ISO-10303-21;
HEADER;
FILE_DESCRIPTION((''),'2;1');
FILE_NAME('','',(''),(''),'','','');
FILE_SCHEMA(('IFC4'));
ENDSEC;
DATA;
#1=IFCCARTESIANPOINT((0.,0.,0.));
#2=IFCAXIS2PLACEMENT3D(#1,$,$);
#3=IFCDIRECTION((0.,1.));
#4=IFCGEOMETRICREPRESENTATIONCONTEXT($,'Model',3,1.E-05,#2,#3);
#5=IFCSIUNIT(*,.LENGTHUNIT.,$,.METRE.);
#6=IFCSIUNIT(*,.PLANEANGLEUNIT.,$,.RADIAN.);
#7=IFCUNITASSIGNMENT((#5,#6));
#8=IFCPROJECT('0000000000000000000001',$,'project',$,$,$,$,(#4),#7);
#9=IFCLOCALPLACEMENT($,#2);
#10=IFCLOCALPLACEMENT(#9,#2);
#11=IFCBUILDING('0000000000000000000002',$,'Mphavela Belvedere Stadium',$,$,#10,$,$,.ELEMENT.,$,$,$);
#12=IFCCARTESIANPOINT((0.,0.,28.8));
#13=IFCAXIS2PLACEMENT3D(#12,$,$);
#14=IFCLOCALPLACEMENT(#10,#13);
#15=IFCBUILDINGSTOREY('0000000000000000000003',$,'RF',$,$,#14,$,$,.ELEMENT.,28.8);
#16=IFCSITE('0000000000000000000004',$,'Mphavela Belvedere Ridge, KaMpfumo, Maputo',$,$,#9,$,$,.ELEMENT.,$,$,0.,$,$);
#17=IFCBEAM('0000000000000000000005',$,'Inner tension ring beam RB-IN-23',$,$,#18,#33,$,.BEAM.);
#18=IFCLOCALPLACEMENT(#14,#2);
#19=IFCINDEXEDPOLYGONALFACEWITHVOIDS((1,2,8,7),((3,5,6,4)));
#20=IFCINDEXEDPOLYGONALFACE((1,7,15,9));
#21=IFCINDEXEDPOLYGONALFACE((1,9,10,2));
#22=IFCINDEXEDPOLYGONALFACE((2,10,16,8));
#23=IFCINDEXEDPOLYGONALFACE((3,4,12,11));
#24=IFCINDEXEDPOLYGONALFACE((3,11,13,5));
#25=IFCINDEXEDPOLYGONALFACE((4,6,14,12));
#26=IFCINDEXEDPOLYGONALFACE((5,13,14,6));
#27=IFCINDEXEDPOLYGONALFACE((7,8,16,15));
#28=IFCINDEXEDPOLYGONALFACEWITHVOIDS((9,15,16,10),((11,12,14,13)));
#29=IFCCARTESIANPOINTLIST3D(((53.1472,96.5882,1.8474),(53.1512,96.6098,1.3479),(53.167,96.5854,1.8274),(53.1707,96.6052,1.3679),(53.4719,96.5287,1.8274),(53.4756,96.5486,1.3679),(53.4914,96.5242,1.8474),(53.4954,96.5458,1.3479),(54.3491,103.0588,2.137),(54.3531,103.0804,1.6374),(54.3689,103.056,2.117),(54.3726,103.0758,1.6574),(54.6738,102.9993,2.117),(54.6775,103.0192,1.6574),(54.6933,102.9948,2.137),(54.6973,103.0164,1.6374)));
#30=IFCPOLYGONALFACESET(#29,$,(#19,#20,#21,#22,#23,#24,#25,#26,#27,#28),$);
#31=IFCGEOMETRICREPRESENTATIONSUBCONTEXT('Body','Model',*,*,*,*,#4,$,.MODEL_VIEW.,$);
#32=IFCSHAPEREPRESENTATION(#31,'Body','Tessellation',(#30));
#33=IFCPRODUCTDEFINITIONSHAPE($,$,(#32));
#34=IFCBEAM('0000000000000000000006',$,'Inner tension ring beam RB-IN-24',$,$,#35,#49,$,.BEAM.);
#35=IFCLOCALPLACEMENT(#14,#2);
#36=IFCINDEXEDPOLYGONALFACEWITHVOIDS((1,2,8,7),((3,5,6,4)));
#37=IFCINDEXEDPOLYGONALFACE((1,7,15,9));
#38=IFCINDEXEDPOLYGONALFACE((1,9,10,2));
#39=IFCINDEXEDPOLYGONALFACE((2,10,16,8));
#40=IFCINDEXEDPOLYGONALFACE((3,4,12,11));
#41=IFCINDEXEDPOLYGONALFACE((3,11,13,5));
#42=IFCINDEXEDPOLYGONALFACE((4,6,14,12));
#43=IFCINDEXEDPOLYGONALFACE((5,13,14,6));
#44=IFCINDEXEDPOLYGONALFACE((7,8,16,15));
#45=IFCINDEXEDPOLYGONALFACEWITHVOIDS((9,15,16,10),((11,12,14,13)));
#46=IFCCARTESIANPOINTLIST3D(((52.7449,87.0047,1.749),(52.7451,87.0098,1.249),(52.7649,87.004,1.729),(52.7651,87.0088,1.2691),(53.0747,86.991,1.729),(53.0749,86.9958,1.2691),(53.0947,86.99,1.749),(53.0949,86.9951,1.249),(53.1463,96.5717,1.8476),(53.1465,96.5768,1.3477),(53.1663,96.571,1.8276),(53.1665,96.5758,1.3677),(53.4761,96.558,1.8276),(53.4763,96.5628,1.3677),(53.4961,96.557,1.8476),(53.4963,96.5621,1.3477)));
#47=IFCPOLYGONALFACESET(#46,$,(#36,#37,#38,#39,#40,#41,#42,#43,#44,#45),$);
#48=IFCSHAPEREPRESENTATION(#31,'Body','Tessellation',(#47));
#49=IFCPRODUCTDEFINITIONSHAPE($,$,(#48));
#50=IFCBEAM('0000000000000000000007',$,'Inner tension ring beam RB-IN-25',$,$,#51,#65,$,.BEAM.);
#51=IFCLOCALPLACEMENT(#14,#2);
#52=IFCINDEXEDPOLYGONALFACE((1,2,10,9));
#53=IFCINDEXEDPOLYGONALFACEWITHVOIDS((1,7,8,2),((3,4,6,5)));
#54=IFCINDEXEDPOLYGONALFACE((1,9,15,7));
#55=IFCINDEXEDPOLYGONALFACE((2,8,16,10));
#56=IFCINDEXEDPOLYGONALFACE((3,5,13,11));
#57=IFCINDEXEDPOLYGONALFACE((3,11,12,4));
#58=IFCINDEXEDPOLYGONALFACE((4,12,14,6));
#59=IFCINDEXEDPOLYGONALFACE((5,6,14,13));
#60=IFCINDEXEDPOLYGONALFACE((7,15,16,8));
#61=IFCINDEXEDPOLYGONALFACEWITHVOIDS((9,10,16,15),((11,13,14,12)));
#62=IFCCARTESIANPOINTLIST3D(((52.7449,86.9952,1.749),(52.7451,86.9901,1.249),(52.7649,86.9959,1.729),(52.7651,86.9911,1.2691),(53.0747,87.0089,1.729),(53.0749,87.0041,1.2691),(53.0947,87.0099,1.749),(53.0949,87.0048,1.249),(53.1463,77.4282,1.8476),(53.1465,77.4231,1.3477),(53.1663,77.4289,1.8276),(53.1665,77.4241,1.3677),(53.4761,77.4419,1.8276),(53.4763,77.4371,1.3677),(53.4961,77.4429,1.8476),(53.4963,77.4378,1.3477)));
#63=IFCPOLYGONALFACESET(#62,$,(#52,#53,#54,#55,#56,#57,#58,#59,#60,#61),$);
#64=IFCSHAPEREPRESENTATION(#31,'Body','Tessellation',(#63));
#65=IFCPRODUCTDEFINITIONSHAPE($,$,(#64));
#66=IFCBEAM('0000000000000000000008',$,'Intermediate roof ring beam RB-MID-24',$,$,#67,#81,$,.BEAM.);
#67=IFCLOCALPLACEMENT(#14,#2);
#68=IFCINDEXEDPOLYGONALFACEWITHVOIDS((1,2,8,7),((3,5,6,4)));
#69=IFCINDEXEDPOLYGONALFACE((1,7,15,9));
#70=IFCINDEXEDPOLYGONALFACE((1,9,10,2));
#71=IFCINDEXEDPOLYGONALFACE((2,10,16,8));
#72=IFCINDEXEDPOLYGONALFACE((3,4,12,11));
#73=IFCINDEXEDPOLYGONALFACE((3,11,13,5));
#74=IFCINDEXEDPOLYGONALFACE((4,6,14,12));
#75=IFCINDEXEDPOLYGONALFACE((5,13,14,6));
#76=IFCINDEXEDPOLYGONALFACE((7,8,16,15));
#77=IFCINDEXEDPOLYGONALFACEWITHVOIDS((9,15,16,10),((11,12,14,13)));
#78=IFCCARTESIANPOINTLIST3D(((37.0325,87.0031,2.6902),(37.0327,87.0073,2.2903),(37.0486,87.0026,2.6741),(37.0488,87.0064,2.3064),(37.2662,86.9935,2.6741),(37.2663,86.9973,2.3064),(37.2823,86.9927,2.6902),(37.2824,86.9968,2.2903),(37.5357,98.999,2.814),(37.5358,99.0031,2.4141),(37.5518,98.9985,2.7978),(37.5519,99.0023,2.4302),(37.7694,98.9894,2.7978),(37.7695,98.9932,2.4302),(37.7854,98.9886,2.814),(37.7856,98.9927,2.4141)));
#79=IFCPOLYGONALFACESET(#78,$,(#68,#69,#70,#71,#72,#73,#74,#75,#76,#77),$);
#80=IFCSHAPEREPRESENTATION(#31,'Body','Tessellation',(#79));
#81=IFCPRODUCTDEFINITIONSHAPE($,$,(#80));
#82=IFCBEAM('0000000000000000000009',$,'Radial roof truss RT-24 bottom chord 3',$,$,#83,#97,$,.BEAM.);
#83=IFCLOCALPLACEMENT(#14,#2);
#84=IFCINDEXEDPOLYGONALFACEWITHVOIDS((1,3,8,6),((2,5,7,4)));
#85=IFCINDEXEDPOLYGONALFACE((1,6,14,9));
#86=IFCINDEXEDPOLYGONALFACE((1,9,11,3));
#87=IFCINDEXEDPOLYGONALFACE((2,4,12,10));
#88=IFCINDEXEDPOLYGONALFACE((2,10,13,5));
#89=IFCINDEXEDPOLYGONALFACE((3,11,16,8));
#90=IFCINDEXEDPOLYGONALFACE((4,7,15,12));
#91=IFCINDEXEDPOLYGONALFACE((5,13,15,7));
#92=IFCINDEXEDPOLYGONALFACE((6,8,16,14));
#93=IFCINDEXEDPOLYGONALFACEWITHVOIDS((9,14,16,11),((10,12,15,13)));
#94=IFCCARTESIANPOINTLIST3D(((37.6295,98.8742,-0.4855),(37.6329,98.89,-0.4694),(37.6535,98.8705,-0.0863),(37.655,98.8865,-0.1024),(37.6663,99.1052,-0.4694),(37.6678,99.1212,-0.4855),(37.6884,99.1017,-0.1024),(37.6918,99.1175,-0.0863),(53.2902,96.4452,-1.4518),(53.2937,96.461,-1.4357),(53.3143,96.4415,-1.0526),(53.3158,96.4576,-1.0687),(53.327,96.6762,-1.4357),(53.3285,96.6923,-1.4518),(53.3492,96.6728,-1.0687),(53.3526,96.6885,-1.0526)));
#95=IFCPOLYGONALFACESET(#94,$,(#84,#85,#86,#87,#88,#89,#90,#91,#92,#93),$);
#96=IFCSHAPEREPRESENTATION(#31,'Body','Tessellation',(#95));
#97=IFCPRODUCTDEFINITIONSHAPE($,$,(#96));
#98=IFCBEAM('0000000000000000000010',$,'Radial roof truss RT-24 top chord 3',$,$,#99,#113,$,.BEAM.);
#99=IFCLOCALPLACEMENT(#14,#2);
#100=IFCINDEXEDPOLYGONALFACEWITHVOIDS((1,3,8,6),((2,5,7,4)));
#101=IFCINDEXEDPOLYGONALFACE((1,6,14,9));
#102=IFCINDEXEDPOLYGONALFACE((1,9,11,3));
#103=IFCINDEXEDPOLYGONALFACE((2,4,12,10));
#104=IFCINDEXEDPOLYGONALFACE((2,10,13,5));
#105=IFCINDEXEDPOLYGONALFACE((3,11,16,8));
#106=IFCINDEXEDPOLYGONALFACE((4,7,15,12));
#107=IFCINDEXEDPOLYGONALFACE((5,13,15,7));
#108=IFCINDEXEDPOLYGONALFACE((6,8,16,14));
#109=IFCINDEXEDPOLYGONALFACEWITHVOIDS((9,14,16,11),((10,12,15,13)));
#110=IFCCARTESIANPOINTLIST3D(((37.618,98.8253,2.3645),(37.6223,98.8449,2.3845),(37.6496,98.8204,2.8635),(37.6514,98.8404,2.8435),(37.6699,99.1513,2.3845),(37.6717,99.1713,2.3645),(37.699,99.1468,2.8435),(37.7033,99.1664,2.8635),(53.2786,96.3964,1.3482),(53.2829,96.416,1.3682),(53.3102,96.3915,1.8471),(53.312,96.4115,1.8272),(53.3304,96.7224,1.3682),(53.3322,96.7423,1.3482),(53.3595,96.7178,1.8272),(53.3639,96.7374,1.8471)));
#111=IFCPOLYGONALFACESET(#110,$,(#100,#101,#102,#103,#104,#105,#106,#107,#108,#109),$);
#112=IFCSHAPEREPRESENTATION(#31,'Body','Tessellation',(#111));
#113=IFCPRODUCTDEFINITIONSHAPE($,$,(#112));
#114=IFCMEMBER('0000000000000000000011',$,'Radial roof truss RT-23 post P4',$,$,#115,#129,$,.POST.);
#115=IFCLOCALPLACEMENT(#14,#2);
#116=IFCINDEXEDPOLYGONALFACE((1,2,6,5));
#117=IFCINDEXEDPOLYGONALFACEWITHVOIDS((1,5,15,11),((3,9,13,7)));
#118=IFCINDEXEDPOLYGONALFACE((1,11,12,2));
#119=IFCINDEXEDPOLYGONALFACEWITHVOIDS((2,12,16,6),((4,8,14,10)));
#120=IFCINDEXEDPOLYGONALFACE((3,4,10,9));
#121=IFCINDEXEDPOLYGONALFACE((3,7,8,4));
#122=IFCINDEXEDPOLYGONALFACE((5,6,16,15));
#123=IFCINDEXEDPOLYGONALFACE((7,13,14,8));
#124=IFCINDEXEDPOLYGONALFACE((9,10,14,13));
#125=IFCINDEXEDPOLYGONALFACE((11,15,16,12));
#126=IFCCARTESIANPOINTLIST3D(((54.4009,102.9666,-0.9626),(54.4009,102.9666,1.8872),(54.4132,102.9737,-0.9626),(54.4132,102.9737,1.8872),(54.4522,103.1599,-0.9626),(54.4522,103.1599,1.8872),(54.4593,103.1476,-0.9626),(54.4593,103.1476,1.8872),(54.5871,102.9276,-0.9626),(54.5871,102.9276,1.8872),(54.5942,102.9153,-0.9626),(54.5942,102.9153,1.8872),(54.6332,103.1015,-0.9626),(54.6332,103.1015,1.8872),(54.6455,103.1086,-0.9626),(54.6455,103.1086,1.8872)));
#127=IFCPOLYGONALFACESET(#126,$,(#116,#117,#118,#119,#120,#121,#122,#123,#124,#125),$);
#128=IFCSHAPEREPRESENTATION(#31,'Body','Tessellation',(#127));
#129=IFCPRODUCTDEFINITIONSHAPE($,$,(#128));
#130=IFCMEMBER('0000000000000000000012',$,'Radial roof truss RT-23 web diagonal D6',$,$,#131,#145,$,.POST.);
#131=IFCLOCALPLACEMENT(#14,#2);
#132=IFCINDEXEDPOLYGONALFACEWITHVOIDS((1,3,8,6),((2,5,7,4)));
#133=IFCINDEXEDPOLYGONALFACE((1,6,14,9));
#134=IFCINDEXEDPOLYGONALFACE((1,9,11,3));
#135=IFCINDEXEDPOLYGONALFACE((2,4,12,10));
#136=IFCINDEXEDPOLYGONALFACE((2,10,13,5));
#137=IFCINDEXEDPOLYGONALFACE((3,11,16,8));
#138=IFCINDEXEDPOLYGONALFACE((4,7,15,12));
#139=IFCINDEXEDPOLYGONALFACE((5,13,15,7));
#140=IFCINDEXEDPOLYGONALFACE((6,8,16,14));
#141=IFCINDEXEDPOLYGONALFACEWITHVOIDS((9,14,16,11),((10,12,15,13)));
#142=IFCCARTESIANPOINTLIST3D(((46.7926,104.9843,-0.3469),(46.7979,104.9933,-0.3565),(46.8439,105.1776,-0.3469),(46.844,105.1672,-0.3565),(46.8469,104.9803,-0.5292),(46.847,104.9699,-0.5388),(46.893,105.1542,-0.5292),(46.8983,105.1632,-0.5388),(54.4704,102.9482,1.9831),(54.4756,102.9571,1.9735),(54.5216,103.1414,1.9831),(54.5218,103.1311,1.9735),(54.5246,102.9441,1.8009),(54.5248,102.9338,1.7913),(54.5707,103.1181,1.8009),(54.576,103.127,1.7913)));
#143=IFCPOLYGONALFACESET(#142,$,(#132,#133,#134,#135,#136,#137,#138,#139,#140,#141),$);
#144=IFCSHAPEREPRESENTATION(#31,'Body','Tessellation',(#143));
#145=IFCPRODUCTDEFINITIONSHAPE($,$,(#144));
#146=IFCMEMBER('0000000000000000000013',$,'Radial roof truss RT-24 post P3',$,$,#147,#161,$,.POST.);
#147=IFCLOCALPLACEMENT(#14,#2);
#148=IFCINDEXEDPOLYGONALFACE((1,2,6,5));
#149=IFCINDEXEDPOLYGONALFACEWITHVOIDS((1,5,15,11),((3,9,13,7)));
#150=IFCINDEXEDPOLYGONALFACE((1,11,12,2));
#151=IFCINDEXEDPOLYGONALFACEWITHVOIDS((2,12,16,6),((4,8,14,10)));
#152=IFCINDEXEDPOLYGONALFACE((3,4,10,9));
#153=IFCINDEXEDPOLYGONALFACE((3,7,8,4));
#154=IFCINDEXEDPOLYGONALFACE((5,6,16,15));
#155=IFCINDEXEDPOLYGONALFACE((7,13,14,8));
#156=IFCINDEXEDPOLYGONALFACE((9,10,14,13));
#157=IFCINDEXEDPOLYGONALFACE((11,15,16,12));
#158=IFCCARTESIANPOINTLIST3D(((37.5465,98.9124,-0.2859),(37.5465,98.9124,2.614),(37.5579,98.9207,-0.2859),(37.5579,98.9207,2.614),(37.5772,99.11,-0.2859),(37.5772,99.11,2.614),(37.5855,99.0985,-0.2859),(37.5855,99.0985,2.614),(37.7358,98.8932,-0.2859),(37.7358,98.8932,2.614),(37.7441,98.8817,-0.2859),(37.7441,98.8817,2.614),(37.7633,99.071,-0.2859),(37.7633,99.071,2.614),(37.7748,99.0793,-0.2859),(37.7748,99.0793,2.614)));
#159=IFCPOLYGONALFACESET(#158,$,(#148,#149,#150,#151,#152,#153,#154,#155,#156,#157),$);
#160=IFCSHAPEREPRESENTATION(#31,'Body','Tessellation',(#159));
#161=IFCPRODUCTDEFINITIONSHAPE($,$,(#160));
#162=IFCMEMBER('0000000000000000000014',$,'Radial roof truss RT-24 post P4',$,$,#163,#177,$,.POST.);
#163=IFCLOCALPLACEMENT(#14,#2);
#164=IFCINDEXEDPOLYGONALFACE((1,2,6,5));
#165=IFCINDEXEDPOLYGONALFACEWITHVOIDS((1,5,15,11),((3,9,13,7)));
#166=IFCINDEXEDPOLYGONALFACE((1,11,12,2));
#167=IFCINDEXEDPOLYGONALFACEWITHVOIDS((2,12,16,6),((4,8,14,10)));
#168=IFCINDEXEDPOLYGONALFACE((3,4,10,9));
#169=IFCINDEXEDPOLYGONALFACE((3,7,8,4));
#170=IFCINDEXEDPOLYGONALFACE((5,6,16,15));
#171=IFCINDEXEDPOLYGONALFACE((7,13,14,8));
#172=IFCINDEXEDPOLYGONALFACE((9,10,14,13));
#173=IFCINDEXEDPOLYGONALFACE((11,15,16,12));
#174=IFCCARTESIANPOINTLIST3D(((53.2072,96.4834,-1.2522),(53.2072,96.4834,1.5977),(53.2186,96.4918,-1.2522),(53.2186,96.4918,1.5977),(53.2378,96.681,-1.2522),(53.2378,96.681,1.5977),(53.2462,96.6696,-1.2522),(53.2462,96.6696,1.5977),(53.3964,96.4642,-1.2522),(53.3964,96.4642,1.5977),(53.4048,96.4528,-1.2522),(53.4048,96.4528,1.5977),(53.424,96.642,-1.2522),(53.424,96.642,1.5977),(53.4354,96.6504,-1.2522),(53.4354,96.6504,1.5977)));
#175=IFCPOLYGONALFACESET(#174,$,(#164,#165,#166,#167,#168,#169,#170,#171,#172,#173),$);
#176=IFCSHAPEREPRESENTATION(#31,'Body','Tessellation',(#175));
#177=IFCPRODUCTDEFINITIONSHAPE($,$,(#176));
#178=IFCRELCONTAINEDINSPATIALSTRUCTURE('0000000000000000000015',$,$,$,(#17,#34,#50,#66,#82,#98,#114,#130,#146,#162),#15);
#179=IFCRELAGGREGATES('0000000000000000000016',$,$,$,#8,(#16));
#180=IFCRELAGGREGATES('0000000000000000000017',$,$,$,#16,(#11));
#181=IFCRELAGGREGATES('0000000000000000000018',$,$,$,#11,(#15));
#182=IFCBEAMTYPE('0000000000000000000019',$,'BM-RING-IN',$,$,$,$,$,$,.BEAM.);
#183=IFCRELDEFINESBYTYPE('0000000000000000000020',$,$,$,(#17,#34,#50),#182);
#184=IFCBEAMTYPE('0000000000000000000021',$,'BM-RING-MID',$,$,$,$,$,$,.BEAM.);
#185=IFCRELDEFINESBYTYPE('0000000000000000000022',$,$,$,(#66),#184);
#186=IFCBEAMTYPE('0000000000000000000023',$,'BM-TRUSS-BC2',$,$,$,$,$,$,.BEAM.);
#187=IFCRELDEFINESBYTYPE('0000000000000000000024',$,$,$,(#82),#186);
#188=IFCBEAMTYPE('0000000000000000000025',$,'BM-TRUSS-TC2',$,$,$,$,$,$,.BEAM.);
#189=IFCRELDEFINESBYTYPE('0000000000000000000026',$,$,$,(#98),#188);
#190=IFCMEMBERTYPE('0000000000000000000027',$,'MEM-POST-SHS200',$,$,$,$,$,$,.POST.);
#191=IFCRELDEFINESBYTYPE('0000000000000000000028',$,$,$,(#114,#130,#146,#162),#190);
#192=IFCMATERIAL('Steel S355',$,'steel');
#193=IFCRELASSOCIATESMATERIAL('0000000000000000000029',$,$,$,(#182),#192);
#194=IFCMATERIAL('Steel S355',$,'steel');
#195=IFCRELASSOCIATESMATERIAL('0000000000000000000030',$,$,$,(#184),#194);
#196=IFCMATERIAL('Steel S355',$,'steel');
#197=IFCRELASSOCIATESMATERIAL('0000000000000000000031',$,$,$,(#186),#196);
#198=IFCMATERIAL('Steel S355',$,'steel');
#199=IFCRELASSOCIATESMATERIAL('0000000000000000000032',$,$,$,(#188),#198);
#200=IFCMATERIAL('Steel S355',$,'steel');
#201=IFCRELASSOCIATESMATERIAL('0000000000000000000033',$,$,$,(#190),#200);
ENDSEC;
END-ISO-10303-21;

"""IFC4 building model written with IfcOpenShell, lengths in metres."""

from ifc_helpers import new_model, si_unit, direction, frame, origin, origin_2d, place, context, subcontext, project, spatial, hollow_rectangle, extrude, material, material_profile, profile_set, type_object, element, save


model = new_model("IFC4")

# Units and contexts
model_context = context("Model", 3, precision=1e-05, world=origin(), true_north=direction((0.0, 1.0)))
body_context = subcontext(model_context, "Body", "Model", "MODEL_VIEW")
ifc_project = project(units=[si_unit("LENGTHUNIT", "METRE"), si_unit("PLANEANGLEUNIT", "RADIAN")], contexts=[model_context])

# Site, building, storey
site_placement = place(None, origin())
site = spatial("IfcSite", under=ifc_project, at=site_placement, Name="Mphavela Belvedere Ridge, KaMpfumo, Maputo", CompositionType="ELEMENT", RefElevation=0.0)
building_placement = place(site_placement, origin())
building = spatial("IfcBuilding", under=site, at=building_placement, Name="Mphavela Belvedere Stadium", CompositionType="ELEMENT")
storey_placement = place(building_placement, frame((0.0, 0.0, 28.8)))
storey = spatial("IfcBuildingStorey", under=building, at=storey_placement, Name="RF", CompositionType="ELEMENT", Elevation=28.8)

# Beams
ifc_material_1 = material(Name="Steel S355", Category="steel")
ifc_material_profile_1 = material_profile(ifc_material_1, hollow_rectangle(XDim=0.3501, YDim=0.5, WallThickness=0.02, at=origin_2d()), Name="RHS 500x350x20")
ifc_profile_set_1 = profile_set([ifc_material_profile_1], Name="Steel S355")
beam_type_1 = type_object("IfcBeamType", Name="BM-RING-IN", PredefinedType="BEAM", material=ifc_profile_set_1)
beam_1_placement = place(storey_placement, frame((54.5232, 103.0376, 1.8872), z_axis=(-0.182445, -0.982233, -0.043953), x_axis=(0.983183, -0.182622, 0.0)))
element("IfcBeam", 1, at=beam_1_placement, inside=storey, type_object=beam_type_1, Name="Inner tension ring beam RB-IN-23", PredefinedType="BEAM", context=body_context, shape_type="SweptSolid", body=[
    extrude(hollow_rectangle(XDim=0.3501, YDim=0.5, WallThickness=0.02, at=origin_2d()), origin(), (0.0, 0.0, 1.0), 6.5876),
])
for number, where, z_axis, x_axis, name in (
    (2, (53.3213, 96.5669, 1.5977), (-0.041915, -0.999068, -0.0103), (0.999121, -0.041917, 0.0), "Inner tension ring beam RB-IN-24"),
    (3, (52.9199, 87.0, 1.499), (0.041915, -0.999068, 0.0103), (0.999121, 0.041917, 0.0), "Inner tension ring beam RB-IN-25"),
):
    element("IfcBeam", number, at=place(storey_placement, frame(where, z_axis=z_axis, x_axis=x_axis)), inside=storey, type_object=beam_type_1, Name=name, PredefinedType="BEAM", context=body_context, shape_type="SweptSolid", body=[
        extrude(hollow_rectangle(XDim=0.3501, YDim=0.5, WallThickness=0.02, at=origin_2d()), origin(), (0.0, 0.0, 1.0), 9.5759),
    ])
ifc_material_2 = material(Name="Steel S355", Category="steel")
ifc_material_profile_2 = material_profile(ifc_material_2, hollow_rectangle(XDim=0.25, YDim=0.3999, WallThickness=0.0161, at=origin_2d()), Name="RHS 400x250x16")
ifc_profile_set_2 = profile_set([ifc_material_profile_2], Name="Steel S355")
beam_type_2 = type_object("IfcBeamType", Name="BM-RING-MID", PredefinedType="BEAM", material=ifc_profile_set_2)
beam_2_placement = place(storey_placement, frame((37.6606, 98.9958, 2.614), z_axis=(-0.041907, -0.999068, -0.010309), x_axis=(0.999121, -0.041909, 0.0)))
element("IfcBeam", 4, at=beam_2_placement, inside=storey, type_object=beam_type_2, Name="Intermediate roof ring beam RB-MID-24", PredefinedType="BEAM", context=body_context, shape_type="SweptSolid", body=[
    extrude(hollow_rectangle(XDim=0.25, YDim=0.3999, WallThickness=0.0161, at=origin_2d()), origin(), (0.0, 0.0, 1.0), 12.0071),
])
ifc_material_3 = material(Name="Steel S355", Category="steel")
ifc_material_profile_3 = material_profile(ifc_material_3, hollow_rectangle(XDim=0.25, YDim=0.3999, WallThickness=0.0161, at=origin_2d()), Name="RHS 400x250x16")
ifc_profile_set_3 = profile_set([ifc_material_profile_3], Name="Steel S355")
beam_type_3 = type_object("IfcBeamType", Name="BM-TRUSS-BC2", PredefinedType="BEAM", material=ifc_profile_set_3)
beam_3_placement = place(storey_placement, frame((37.6606, 98.9958, -0.2859), z_axis=(0.986353, -0.152983, -0.060861), x_axis=(0.153267, 0.988185, 0.0)))
element("IfcBeam", 5, at=beam_3_placement, inside=storey, type_object=beam_type_3, Name="Radial roof truss RT-24 bottom chord 3", PredefinedType="BEAM", context=body_context, shape_type="SweptSolid", body=[
    extrude(hollow_rectangle(XDim=0.25, YDim=0.3999, WallThickness=0.0161, at=origin_2d()), origin(), (0.0, 0.0, 1.0), 15.8774),
])
ifc_material_4 = material(Name="Steel S355", Category="steel")
ifc_material_profile_4 = material_profile(ifc_material_4, hollow_rectangle(XDim=0.3501, YDim=0.5, WallThickness=0.02, at=origin_2d()), Name="RHS 500x350x20")
ifc_profile_set_4 = profile_set([ifc_material_profile_4], Name="Steel S355")
beam_type_4 = type_object("IfcBeamType", Name="BM-TRUSS-TC2", PredefinedType="BEAM", material=ifc_profile_set_4)
beam_4_placement = place(storey_placement, frame((37.6606, 98.9958, 2.614), z_axis=(0.986159, -0.152953, -0.064001), x_axis=(0.153267, 0.988185, 0.0)))
element("IfcBeam", 6, at=beam_4_placement, inside=storey, type_object=beam_type_4, Name="Radial roof truss RT-24 top chord 3", PredefinedType="BEAM", context=body_context, shape_type="SweptSolid", body=[
    extrude(hollow_rectangle(XDim=0.3501, YDim=0.5, WallThickness=0.02, at=origin_2d()), origin(), (0.0, 0.0, 1.0), 15.8804),
])

# Members
ifc_material_5 = material(Name="Steel S355", Category="steel")
ifc_material_profile_5 = material_profile(ifc_material_5, hollow_rectangle(XDim=0.2, YDim=0.2, WallThickness=0.01, at=origin_2d()), Name="SHS 200x200x10")
ifc_profile_set_5 = profile_set([ifc_material_profile_5], Name="Steel S355")
member_type_1 = type_object("IfcMemberType", Name="MEM-POST-SHS200", PredefinedType="POST", material=ifc_profile_set_5)
member_1_placement = place(storey_placement, frame((54.5232, 103.0376, -0.9626), z_axis=(0.0, 0.0, 1.0), x_axis=(-0.9666, 0.256289, 0.0)))
element("IfcMember", 7, at=member_1_placement, inside=storey, type_object=member_type_1, Name="Radial roof truss RT-23 post P4", PredefinedType="POST", context=body_context, shape_type="SweptSolid", body=[
    extrude(hollow_rectangle(XDim=0.2, YDim=0.2, WallThickness=0.01, at=origin_2d()), origin(), (0.0, 0.0, 1.0), 2.8499),
])
member_2_placement = place(storey_placement, frame((46.8455, 105.0737, -0.4429), z_axis=(0.927504, -0.245974, 0.281484), x_axis=(0.256339, 0.966587, 0.0)))
element("IfcMember", 8, at=member_2_placement, inside=storey, type_object=member_type_1, Name="Radial roof truss RT-23 web diagonal D6", PredefinedType="POST", context=body_context, shape_type="SweptSolid", body=[
    extrude(hollow_rectangle(XDim=0.2, YDim=0.2, WallThickness=0.01, at=origin_2d()), origin(), (0.0, 0.0, 1.0), 8.2778),
])
member_3_placement = place(storey_placement, frame((37.6606, 98.9958, -0.2859), z_axis=(0.0, 0.0, 1.0), x_axis=(-0.988175, 0.153331, 0.0)))
element("IfcMember", 9, at=member_3_placement, inside=storey, type_object=member_type_1, Name="Radial roof truss RT-24 post P3", PredefinedType="POST", context=body_context, shape_type="SweptSolid", body=[
    extrude(hollow_rectangle(XDim=0.2, YDim=0.2, WallThickness=0.01, at=origin_2d()), origin(), (0.0, 0.0, 1.0), 2.8999),
])
member_4_placement = place(storey_placement, frame((53.3213, 96.5669, -1.2522), z_axis=(0.0, 0.0, 1.0), x_axis=(-0.988175, 0.153331, 0.0)))
element("IfcMember", 10, at=member_4_placement, inside=storey, type_object=member_type_1, Name="Radial roof truss RT-24 post P4", PredefinedType="POST", context=body_context, shape_type="SweptSolid", body=[
    extrude(hollow_rectangle(XDim=0.2, YDim=0.2, WallThickness=0.01, at=origin_2d()), origin(), (0.0, 0.0, 1.0), 2.8499),
])

save(model, "model.ifc")
